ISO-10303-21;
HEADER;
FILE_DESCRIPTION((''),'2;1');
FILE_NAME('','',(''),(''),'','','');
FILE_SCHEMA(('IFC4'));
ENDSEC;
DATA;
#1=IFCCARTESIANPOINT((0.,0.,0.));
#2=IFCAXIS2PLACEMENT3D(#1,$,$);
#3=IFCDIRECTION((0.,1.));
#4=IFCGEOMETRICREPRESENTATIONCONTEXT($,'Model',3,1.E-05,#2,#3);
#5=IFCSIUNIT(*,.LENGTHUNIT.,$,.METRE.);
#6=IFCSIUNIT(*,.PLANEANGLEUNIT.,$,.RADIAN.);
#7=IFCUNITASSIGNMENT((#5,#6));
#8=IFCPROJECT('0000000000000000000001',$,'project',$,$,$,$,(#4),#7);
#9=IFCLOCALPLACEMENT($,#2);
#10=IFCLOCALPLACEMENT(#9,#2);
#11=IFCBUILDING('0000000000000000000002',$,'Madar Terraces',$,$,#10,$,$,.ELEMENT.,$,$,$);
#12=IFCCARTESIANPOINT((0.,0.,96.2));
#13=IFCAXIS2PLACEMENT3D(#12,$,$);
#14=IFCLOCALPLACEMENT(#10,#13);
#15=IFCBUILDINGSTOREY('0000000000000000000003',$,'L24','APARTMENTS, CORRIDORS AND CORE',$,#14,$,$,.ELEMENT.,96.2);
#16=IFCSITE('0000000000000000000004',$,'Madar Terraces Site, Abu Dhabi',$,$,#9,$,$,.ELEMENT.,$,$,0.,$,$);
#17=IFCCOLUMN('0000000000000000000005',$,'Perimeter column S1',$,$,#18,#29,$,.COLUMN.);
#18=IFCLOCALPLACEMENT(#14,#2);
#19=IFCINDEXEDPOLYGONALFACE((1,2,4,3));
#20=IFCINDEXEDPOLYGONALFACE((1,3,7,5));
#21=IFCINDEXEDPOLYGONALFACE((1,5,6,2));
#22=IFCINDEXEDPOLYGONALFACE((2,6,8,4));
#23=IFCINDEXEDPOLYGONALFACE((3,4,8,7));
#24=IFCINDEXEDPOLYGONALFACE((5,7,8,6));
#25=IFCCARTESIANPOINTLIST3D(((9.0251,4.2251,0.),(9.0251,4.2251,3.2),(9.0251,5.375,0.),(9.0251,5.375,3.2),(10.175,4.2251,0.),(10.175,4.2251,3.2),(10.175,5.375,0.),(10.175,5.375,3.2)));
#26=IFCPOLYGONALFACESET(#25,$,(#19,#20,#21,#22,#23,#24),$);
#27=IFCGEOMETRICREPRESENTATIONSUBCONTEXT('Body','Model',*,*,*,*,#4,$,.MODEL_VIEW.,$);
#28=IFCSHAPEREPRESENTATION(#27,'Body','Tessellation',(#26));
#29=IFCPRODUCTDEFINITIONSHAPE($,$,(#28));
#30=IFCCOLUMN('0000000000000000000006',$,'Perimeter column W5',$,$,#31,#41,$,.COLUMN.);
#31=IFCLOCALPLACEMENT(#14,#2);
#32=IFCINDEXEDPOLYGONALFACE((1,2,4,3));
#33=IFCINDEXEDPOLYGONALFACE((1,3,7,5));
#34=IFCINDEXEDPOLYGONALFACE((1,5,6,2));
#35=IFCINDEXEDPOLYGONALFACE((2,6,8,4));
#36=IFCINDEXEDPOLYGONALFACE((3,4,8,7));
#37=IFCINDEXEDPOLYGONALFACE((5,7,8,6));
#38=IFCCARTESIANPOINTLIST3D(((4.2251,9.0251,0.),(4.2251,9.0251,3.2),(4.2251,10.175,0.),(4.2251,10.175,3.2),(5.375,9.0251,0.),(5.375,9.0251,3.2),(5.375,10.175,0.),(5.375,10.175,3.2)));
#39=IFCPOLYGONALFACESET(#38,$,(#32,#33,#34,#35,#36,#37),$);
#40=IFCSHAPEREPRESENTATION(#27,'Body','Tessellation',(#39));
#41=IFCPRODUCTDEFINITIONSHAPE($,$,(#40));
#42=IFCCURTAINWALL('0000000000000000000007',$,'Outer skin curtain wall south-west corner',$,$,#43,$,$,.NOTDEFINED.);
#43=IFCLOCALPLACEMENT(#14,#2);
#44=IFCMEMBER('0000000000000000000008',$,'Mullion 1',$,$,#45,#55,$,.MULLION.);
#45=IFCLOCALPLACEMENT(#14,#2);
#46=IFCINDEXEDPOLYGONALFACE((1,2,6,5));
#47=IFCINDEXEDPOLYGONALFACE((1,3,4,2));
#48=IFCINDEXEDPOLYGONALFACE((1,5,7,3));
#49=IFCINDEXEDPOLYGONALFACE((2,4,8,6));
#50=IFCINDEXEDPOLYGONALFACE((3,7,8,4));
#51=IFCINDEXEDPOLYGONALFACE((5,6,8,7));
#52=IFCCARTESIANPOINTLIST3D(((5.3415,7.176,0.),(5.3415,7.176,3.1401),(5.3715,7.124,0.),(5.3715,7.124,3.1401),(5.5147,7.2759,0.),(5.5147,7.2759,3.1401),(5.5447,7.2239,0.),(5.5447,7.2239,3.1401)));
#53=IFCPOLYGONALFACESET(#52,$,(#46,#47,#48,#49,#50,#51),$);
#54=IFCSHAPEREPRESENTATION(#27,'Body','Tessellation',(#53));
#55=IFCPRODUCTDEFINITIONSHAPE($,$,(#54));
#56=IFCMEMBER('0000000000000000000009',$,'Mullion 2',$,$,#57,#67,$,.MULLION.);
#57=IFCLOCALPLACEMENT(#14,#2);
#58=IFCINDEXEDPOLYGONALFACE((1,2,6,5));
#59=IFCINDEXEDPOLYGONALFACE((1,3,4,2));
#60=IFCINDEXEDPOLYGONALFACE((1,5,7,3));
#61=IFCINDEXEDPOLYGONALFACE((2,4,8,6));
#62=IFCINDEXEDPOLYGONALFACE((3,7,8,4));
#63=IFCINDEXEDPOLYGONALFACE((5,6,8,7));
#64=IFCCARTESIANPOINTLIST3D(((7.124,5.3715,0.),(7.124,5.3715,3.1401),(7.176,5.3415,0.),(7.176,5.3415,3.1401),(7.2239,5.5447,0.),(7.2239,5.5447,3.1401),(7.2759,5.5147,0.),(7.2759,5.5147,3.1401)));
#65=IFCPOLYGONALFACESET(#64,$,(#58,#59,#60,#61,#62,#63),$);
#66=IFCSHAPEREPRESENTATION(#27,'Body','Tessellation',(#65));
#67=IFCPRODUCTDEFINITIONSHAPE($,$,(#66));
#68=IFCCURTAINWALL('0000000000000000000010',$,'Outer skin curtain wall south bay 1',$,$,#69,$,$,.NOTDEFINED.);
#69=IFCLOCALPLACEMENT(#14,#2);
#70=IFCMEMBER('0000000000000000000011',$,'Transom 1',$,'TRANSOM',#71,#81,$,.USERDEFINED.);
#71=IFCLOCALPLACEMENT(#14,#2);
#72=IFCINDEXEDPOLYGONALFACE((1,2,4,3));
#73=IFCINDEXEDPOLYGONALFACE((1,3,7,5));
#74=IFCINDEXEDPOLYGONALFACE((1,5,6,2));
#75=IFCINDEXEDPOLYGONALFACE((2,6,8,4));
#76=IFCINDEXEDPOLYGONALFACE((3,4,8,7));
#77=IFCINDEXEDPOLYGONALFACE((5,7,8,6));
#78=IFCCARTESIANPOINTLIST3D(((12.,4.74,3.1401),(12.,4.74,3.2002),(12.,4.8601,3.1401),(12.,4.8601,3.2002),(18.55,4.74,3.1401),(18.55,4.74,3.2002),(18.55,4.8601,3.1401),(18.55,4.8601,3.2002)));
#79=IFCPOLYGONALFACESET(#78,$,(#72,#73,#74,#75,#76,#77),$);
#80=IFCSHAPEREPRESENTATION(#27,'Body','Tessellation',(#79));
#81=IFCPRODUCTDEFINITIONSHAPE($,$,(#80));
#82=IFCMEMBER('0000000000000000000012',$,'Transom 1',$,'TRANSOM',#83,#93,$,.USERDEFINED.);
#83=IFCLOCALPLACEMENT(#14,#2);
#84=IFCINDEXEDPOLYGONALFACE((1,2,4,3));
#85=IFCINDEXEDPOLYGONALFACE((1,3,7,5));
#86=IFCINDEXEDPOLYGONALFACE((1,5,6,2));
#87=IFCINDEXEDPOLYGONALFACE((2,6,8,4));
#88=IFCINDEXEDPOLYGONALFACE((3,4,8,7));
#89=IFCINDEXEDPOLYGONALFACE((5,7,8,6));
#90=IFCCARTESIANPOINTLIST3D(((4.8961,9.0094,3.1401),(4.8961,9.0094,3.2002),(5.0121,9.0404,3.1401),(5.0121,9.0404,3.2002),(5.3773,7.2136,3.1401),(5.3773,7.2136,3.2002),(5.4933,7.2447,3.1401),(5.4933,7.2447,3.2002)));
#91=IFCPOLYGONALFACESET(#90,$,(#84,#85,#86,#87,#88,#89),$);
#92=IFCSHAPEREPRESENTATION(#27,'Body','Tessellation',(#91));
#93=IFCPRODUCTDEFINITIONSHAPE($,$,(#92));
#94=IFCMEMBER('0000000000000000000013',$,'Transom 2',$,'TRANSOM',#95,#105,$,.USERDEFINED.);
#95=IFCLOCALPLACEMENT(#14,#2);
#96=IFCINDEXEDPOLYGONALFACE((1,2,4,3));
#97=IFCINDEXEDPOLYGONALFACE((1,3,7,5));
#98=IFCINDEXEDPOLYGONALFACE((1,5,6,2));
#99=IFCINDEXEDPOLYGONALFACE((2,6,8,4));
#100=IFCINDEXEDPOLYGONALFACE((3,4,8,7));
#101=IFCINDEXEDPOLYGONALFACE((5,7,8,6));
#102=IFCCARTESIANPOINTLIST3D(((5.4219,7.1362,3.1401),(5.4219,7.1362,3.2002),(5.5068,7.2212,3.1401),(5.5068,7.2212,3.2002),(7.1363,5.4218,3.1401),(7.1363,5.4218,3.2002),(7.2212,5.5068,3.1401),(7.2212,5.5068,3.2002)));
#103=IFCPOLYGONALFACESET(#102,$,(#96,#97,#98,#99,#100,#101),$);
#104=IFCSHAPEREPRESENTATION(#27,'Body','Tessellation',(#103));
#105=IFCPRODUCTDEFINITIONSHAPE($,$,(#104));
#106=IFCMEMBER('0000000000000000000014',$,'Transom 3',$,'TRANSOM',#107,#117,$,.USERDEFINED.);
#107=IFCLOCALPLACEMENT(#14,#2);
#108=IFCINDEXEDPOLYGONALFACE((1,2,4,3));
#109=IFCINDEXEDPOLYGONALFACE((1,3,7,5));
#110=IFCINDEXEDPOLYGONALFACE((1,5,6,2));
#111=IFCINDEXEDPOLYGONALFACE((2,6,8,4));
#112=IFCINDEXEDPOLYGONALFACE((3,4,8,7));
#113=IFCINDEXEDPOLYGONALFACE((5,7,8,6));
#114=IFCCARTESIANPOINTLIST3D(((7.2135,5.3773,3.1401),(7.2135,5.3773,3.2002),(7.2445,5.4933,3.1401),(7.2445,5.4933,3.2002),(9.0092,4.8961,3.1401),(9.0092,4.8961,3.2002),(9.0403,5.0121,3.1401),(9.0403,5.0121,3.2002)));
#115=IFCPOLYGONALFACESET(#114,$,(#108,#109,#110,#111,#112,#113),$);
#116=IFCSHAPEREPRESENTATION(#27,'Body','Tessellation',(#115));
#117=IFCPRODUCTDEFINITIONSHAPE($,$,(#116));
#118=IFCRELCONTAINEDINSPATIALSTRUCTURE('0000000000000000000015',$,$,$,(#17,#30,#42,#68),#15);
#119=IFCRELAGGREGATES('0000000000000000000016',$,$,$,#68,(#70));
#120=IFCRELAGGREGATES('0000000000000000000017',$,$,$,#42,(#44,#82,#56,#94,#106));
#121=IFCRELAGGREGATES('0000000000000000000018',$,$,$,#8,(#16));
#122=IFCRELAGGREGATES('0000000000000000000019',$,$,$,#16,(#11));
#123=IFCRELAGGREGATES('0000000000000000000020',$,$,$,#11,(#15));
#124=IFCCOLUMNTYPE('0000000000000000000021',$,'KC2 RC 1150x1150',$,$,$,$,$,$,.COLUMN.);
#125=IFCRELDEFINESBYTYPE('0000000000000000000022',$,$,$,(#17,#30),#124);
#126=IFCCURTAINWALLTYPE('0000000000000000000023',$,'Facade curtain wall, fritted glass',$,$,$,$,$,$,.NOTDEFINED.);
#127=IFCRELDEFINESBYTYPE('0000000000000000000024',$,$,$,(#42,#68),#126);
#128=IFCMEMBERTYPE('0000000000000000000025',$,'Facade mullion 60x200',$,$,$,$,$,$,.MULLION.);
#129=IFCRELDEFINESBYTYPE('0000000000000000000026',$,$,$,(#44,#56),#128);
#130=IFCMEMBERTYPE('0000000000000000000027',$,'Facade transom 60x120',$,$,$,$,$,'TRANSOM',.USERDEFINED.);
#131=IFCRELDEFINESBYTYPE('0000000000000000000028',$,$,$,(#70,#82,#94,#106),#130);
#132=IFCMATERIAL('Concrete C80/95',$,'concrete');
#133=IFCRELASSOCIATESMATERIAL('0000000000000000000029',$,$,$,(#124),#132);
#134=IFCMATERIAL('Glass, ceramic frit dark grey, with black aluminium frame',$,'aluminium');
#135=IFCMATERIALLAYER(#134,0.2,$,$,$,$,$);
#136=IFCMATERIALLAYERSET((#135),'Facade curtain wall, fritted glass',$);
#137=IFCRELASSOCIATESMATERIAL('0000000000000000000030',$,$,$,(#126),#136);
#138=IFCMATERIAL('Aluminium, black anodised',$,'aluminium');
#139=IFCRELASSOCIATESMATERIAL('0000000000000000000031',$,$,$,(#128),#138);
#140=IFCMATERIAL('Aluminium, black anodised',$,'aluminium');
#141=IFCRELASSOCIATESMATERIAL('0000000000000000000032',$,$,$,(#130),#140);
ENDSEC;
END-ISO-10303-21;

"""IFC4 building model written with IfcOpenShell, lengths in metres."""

from ifc_helpers import new_model, si_unit, direction, frame, origin, origin_2d, place, context, subcontext, project, spatial, rectangle, extrude, material, layer, layer_set, material_profile, profile_set, type_object, element, aggregate, save


model = new_model("IFC4")

# Units and contexts
model_context = context("Model", 3, precision=1e-05, world=origin(), true_north=direction((0.0, 1.0)))
body_context = subcontext(model_context, "Body", "Model", "MODEL_VIEW")
ifc_project = project(units=[si_unit("LENGTHUNIT", "METRE"), si_unit("PLANEANGLEUNIT", "RADIAN")], contexts=[model_context])

# Site, building, storey
site_placement = place(None, origin())
site = spatial("IfcSite", under=ifc_project, at=site_placement, Name="Madar Terraces Site, Abu Dhabi", CompositionType="ELEMENT", RefElevation=0.0)
building_placement = place(site_placement, origin())
building = spatial("IfcBuilding", under=site, at=building_placement, Name="Madar Terraces", CompositionType="ELEMENT")
storey_placement = place(building_placement, frame((0.0, 0.0, 96.2)))
storey = spatial("IfcBuildingStorey", under=building, at=storey_placement, Name="L24", Description="APARTMENTS, CORRIDORS AND CORE", CompositionType="ELEMENT", Elevation=96.2)

# Columns
ifc_material_1 = material(Name="Concrete C80/95", Category="concrete")
ifc_material_profile_1 = material_profile(ifc_material_1, rectangle(XDim=1.1499, YDim=1.1499, at=origin_2d()), Name="KC2 RC 1150x1150")
ifc_profile_set_1 = profile_set([ifc_material_profile_1], Name="Concrete C80/95")
column_type = type_object("IfcColumnType", Name="KC2 RC 1150x1150", PredefinedType="COLUMN", material=ifc_profile_set_1)
for number, where, z_axis, x_axis, name in (
    (1, (9.6001, 4.8, 0.0), (0.0, 0.0, 1.0), (1.0, 0.0, 0.0), "Perimeter column S1"),
    (2, (4.8, 9.6001, 0.0), (0.0, 0.0, 1.0), (1.0, 0.0, 0.0), "Perimeter column W5"),
):
    element("IfcColumn", number, at=place(storey_placement, frame(where, z_axis=z_axis, x_axis=x_axis)), inside=storey, type_object=column_type, Name=name, PredefinedType="COLUMN", context=body_context, shape_type="SweptSolid", body=[
        extrude(rectangle(XDim=1.1499, YDim=1.1499, at=origin_2d()), origin(), (0.0, 0.0, 1.0), 3.2),
    ])

# Curtain wall, members
ifc_material_2 = material(Name="Glass, ceramic frit dark grey, with black aluminium frame", Category="aluminium")
ifc_layer_1 = layer(ifc_material_2, 0.2)
ifc_layer_set_1 = layer_set([ifc_layer_1], Name="Facade curtain wall, fritted glass")
curtain_wall_type = type_object("IfcCurtainWallType", Name="Facade curtain wall, fritted glass", PredefinedType="NOTDEFINED", material=ifc_layer_set_1)
curtain_wall_1_placement = place(storey_placement, origin())
curtain_wall_1 = element("IfcCurtainWall", 3, at=curtain_wall_1_placement, inside=storey, type_object=curtain_wall_type, Name="Outer skin curtain wall south-west corner", PredefinedType="NOTDEFINED")
ifc_material_3 = material(Name="Aluminium, black anodised", Category="aluminium")
ifc_material_profile_2 = material_profile(ifc_material_3, rectangle(XDim=0.2, YDim=0.0601, at=origin_2d()), Name="Facade mullion 60x200")
ifc_profile_set_2 = profile_set([ifc_material_profile_2], Name="Aluminium, black anodised")
member_type_1 = type_object("IfcMemberType", Name="Facade mullion 60x200", PredefinedType="MULLION", material=ifc_profile_set_2)
member_1_placement = place(storey_placement, frame((5.4431, 7.2, 0.0), z_axis=(0.0, 0.0, 1.0), x_axis=(0.866025, 0.5, 0.0)))
member_1 = element("IfcMember", 4, at=member_1_placement, type_object=member_type_1, Name="Mullion 1", PredefinedType="MULLION", context=body_context, shape_type="SweptSolid", body=[
    extrude(rectangle(XDim=0.2, YDim=0.0601, at=origin_2d()), origin(), (0.0, 0.0, 1.0), 3.1401),
])
member_2_placement = place(storey_placement, frame((7.2, 5.4431, 0.0), z_axis=(0.0, 0.0, 1.0), x_axis=(0.5, 0.866025, 0.0)))
member_2 = element("IfcMember", 5, at=member_2_placement, type_object=member_type_1, Name="Mullion 2", PredefinedType="MULLION", context=body_context, shape_type="SweptSolid", body=[
    extrude(rectangle(XDim=0.2, YDim=0.0601, at=origin_2d()), origin(), (0.0, 0.0, 1.0), 3.1401),
])

# Curtain wall, member
curtain_wall_2_placement = place(storey_placement, origin())
curtain_wall_2 = element("IfcCurtainWall", 6, at=curtain_wall_2_placement, inside=storey, type_object=curtain_wall_type, Name="Outer skin curtain wall south bay 1", PredefinedType="NOTDEFINED")
ifc_material_4 = material(Name="Aluminium, black anodised", Category="aluminium")
ifc_material_profile_3 = material_profile(ifc_material_4, rectangle(XDim=0.1201, YDim=0.0601, at=origin_2d()), Name="Facade transom 60x120")
ifc_profile_set_3 = profile_set([ifc_material_profile_3], Name="Aluminium, black anodised")
member_type_2 = type_object("IfcMemberType", Name="Facade transom 60x120", ElementType="TRANSOM", PredefinedType="USERDEFINED", material=ifc_profile_set_3)
member_3_placement = place(storey_placement, frame((12.0, 4.8, 3.1702), z_axis=(1.0, 0.0, 0.0), x_axis=(0.0, 1.0, 0.0)))
member_3 = element("IfcMember", 7, at=member_3_placement, type_object=member_type_2, Name="Transom 1", ObjectType="TRANSOM", PredefinedType="USERDEFINED", context=body_context, shape_type="SweptSolid", body=[
    extrude(rectangle(XDim=0.1201, YDim=0.0601, at=origin_2d()), origin(), (0.0, 0.0, 1.0), 6.55),
])

# Members
member_4_placement = place(storey_placement, frame((4.9541, 9.0249, 3.1702), z_axis=(0.258815, -0.965927, 0.0), x_axis=(0.965927, 0.258815, 0.0)))
member_4 = element("IfcMember", 8, at=member_4_placement, type_object=member_type_2, Name="Transom 1", ObjectType="TRANSOM", PredefinedType="USERDEFINED", context=body_context, shape_type="SweptSolid", body=[
    extrude(rectangle(XDim=0.1201, YDim=0.0601, at=origin_2d()), origin(), (0.0, 0.0, 1.0), 1.8591),
])
member_5_placement = place(storey_placement, frame((5.4644, 7.1787, 3.1702), z_axis=(0.707107, -0.707107, 0.0), x_axis=(0.707107, 0.707107, 0.0)))
member_5 = element("IfcMember", 9, at=member_5_placement, type_object=member_type_2, Name="Transom 2", ObjectType="TRANSOM", PredefinedType="USERDEFINED", context=body_context, shape_type="SweptSolid", body=[
    extrude(rectangle(XDim=0.1201, YDim=0.0601, at=origin_2d()), origin(), (0.0, 0.0, 1.0), 2.4246),
])
member_6_placement = place(storey_placement, frame((7.229, 5.4353, 3.1702), z_axis=(0.965927, -0.258815, 0.0), x_axis=(0.258815, 0.965927, 0.0)))
member_6 = element("IfcMember", 10, at=member_6_placement, type_object=member_type_2, Name="Transom 3", ObjectType="TRANSOM", PredefinedType="USERDEFINED", context=body_context, shape_type="SweptSolid", body=[
    extrude(rectangle(XDim=0.1201, YDim=0.0601, at=origin_2d()), origin(), (0.0, 0.0, 1.0), 1.8591),
])

aggregate(curtain_wall_2, [member_3])
aggregate(curtain_wall_1, [member_1, member_4, member_2, member_5, member_6])

save(model, "model.ifc")
